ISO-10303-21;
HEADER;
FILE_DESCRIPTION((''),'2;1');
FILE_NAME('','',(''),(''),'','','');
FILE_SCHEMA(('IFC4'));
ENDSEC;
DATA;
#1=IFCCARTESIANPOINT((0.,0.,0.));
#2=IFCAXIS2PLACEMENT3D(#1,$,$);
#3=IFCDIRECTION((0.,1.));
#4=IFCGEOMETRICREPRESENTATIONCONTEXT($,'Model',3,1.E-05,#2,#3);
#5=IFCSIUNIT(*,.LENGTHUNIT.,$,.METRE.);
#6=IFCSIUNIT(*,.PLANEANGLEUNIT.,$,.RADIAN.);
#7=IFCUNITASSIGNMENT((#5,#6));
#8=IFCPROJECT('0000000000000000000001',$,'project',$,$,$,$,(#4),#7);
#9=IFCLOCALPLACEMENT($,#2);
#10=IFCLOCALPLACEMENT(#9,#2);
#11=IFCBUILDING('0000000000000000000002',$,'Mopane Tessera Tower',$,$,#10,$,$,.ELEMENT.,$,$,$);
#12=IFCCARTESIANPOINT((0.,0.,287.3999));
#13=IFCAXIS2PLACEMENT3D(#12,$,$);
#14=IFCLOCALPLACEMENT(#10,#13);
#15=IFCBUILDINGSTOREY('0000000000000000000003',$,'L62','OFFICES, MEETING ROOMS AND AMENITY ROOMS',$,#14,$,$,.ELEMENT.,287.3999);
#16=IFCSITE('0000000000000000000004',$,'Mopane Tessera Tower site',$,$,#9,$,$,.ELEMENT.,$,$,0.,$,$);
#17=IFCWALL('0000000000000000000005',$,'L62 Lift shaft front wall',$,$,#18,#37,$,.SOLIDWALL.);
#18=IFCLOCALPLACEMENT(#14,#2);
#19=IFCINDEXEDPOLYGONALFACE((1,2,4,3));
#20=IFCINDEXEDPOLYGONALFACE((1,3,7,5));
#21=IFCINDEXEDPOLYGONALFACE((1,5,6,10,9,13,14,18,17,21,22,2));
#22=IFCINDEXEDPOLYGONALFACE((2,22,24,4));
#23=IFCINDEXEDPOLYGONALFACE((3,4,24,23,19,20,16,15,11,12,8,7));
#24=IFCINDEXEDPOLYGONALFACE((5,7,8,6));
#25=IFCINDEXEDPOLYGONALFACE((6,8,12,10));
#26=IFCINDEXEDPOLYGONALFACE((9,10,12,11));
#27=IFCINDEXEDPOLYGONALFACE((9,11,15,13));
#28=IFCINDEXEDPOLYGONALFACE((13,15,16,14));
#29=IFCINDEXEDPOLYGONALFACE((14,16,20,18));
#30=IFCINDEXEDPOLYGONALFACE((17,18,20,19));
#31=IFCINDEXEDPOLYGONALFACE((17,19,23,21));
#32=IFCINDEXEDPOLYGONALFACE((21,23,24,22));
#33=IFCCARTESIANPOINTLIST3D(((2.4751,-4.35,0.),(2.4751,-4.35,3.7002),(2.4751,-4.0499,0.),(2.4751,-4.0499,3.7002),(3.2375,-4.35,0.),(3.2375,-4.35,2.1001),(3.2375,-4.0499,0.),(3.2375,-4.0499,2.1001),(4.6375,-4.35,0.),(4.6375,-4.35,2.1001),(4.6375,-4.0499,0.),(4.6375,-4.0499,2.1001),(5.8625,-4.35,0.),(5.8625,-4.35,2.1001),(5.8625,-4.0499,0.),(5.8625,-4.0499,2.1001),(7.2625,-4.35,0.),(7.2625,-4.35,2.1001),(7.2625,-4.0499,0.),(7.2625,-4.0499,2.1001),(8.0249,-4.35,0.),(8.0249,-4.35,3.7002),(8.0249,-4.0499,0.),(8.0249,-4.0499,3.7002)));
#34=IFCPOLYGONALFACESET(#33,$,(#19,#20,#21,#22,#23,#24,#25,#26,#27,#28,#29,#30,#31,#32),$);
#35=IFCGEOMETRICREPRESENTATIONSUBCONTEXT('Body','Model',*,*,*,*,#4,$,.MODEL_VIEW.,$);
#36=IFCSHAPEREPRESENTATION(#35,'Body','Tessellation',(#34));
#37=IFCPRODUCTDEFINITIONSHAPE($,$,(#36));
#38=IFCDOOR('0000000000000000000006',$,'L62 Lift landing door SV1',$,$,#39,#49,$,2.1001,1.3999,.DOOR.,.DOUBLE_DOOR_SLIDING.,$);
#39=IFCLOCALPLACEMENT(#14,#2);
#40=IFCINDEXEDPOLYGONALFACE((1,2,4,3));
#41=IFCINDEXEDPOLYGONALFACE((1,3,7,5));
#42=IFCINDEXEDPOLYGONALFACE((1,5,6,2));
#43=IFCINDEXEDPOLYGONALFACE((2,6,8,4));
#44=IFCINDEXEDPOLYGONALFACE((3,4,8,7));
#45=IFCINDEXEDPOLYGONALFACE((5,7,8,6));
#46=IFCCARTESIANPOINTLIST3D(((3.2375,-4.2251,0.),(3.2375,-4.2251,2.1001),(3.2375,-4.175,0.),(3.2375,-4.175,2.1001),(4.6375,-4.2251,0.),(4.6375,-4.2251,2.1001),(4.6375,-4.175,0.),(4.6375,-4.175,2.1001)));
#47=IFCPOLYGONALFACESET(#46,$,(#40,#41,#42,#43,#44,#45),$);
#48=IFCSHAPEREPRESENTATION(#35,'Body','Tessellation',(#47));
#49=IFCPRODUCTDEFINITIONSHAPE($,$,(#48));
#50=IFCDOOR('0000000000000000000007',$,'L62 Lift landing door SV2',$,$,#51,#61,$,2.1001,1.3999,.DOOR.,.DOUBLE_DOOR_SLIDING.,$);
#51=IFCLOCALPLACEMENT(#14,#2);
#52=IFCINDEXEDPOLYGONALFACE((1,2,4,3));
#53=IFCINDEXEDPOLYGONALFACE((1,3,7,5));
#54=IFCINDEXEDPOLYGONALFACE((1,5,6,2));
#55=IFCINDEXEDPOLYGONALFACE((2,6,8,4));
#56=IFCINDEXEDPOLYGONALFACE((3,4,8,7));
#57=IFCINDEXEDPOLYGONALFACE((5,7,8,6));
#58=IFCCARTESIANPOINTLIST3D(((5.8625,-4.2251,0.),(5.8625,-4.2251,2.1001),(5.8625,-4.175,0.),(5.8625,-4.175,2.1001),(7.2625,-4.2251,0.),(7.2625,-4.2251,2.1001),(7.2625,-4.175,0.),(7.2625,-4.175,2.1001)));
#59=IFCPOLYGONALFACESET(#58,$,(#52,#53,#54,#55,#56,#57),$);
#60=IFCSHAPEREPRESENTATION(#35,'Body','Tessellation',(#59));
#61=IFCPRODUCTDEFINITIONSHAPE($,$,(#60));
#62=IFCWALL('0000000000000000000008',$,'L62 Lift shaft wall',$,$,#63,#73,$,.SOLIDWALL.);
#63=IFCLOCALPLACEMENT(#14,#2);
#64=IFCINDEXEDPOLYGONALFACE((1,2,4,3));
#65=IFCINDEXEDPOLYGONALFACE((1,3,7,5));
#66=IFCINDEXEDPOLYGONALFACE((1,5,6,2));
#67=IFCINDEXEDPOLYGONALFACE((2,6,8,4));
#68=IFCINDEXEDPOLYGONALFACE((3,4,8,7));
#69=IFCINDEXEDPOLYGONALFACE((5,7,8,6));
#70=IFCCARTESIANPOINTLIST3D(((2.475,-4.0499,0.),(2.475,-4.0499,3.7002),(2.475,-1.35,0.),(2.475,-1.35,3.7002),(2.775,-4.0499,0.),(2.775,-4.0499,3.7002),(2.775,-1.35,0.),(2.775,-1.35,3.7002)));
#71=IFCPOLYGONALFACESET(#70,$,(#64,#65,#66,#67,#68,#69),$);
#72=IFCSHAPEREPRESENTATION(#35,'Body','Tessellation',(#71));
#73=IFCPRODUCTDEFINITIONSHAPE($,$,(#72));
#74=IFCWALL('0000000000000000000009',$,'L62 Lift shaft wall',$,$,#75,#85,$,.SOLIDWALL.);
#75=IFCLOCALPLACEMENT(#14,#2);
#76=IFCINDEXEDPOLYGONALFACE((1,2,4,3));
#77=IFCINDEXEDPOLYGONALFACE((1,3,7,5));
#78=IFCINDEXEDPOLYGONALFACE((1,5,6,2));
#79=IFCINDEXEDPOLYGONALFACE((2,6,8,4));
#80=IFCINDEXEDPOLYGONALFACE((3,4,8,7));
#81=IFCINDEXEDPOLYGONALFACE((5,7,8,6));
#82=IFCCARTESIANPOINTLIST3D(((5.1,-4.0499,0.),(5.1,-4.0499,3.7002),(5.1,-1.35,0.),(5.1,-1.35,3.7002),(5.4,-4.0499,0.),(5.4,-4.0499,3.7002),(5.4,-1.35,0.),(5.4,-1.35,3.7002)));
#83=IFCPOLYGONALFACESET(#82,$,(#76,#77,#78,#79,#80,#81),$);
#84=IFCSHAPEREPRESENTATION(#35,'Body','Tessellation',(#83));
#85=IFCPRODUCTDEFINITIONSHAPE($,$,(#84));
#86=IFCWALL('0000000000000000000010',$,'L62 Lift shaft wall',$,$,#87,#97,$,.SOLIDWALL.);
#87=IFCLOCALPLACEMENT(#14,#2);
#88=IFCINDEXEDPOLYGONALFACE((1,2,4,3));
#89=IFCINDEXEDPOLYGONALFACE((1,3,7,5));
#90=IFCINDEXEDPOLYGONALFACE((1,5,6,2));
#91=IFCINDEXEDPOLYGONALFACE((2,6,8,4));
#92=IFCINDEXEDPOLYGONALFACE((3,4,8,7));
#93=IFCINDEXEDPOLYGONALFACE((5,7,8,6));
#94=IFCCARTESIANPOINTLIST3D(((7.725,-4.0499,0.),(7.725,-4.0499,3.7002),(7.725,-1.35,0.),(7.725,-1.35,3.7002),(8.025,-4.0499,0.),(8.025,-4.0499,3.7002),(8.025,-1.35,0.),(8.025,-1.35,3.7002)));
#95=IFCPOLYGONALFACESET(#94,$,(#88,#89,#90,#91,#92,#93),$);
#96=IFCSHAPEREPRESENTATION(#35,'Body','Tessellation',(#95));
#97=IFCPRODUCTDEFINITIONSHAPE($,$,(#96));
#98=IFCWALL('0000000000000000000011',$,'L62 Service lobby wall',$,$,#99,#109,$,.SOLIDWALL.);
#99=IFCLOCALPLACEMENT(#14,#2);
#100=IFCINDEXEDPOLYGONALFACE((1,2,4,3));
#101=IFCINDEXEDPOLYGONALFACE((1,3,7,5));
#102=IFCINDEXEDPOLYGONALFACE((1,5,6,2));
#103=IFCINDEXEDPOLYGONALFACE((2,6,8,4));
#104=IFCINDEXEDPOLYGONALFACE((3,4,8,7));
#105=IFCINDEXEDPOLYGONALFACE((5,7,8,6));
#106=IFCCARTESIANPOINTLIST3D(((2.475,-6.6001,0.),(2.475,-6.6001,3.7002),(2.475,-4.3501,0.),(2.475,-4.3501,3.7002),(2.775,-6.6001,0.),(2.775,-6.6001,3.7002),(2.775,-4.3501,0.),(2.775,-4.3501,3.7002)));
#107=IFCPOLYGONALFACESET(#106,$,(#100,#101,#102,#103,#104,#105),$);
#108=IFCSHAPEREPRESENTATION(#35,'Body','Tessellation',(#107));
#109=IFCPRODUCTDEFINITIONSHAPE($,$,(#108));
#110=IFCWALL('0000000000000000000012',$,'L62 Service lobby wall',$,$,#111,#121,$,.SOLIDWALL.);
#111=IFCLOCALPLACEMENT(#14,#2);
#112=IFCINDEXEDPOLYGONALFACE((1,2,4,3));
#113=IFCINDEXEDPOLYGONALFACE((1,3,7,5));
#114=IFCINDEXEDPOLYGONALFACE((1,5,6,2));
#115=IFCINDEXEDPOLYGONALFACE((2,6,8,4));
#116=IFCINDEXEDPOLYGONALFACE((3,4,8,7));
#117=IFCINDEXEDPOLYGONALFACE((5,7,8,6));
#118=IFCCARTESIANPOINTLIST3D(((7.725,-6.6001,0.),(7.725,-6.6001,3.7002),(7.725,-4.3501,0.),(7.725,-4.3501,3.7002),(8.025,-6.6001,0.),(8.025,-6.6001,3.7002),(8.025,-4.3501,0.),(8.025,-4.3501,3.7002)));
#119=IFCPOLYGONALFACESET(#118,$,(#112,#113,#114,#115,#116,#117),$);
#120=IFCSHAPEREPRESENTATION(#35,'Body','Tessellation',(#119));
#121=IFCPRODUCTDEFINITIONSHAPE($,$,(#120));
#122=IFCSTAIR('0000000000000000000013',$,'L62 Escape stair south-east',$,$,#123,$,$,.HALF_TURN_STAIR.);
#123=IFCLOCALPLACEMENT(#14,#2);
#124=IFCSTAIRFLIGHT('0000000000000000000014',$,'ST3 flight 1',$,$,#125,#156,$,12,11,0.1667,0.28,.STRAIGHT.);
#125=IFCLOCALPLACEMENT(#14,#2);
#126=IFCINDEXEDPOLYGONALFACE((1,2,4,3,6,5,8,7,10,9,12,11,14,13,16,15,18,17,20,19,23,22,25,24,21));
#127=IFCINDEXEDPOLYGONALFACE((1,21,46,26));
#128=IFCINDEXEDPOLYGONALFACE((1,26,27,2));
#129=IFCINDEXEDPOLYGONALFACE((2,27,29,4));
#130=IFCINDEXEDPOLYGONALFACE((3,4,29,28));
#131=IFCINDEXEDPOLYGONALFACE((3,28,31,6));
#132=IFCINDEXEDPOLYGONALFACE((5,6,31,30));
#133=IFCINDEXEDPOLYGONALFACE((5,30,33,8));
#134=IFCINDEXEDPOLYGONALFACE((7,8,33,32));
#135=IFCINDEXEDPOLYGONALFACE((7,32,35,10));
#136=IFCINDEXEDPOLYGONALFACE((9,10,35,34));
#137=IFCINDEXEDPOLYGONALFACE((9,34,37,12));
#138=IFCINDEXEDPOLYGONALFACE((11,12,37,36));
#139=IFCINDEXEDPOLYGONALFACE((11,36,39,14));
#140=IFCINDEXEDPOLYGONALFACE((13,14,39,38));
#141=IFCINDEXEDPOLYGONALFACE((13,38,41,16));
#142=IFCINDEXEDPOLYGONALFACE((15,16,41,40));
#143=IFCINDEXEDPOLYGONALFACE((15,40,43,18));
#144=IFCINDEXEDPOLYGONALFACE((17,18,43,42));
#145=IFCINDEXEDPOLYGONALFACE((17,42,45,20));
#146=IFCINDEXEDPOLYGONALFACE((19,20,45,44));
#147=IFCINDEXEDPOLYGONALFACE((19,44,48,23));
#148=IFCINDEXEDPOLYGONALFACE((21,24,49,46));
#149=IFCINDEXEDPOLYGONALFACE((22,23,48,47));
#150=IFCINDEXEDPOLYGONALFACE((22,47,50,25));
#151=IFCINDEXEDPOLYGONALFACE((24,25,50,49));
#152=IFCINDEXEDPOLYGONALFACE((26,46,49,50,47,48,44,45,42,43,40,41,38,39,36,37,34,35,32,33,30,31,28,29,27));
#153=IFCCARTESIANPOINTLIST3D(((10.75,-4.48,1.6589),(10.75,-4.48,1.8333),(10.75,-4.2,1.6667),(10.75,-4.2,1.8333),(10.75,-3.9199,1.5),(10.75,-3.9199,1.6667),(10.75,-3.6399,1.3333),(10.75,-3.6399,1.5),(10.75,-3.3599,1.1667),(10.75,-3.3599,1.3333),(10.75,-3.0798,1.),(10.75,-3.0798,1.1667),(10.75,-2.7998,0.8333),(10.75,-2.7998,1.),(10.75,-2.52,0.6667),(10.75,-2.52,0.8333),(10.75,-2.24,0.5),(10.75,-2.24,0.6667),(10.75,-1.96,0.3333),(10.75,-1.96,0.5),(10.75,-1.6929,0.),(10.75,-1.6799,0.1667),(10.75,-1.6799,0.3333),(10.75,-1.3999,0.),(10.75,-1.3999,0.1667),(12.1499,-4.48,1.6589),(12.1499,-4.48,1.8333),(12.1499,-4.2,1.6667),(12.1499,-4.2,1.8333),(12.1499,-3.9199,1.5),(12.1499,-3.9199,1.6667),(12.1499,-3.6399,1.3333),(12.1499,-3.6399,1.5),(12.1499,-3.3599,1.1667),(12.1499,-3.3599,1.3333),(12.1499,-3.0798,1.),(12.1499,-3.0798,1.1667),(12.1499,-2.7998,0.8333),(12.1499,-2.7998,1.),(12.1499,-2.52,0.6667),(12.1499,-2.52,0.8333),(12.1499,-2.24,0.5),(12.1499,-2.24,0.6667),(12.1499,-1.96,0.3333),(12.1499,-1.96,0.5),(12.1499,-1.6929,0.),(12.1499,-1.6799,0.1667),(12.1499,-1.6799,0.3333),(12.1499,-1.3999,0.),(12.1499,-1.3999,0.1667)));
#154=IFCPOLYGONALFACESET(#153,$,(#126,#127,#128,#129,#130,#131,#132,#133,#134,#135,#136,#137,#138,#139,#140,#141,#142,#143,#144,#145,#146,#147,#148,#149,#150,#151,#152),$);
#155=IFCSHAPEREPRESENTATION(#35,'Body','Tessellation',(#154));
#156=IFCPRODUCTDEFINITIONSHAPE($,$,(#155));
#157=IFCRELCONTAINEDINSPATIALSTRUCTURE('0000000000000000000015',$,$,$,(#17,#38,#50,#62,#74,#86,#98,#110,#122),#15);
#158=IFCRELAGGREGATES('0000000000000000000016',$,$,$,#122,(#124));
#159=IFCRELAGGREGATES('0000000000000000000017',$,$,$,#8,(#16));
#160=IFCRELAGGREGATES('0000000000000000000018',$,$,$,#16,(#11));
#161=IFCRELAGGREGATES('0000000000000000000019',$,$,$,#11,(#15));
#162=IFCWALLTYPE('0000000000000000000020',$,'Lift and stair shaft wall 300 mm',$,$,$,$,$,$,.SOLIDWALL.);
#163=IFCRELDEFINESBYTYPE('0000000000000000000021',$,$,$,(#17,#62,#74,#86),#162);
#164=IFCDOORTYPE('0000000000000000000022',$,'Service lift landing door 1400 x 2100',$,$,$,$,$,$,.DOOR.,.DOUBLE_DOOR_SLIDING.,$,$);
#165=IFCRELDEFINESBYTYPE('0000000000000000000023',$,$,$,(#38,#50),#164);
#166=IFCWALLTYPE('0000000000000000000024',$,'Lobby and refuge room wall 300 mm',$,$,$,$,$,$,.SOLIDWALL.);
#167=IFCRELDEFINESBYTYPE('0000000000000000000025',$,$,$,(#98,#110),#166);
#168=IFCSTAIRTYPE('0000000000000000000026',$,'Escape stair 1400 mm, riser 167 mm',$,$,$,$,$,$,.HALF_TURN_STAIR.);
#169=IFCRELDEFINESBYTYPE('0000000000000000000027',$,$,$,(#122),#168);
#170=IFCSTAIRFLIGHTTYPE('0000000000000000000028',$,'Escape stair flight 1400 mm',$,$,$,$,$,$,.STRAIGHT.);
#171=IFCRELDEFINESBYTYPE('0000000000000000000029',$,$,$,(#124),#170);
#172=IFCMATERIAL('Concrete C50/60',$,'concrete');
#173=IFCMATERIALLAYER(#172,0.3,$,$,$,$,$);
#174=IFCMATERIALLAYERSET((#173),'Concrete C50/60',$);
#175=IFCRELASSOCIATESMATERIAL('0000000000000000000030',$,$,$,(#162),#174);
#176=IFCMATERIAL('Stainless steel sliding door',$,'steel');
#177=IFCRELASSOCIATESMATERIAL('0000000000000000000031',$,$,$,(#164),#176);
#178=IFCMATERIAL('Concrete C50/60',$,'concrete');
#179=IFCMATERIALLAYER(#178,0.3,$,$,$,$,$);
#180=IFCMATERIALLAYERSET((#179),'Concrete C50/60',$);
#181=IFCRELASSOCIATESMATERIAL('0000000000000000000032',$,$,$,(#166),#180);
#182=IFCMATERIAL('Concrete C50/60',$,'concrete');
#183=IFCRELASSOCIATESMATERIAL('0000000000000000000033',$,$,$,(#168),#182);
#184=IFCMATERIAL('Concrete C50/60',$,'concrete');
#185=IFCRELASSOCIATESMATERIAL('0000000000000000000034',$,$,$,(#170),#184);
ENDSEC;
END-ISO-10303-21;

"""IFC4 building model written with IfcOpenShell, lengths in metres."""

from ifc_helpers import new_model, si_unit, direction, frame, frame_2d, origin, place, context, subcontext, project, spatial, polyline, rectangle, outline, extrude, material, layer, layer_set, type_object, element, fill, aggregate, save


model = new_model("IFC4")

# Units and contexts
model_context = context("Model", 3, precision=1e-05, world=origin(), true_north=direction((0.0, 1.0)))
body_context = subcontext(model_context, "Body", "Model", "MODEL_VIEW")
ifc_project = project(units=[si_unit("LENGTHUNIT", "METRE"), si_unit("PLANEANGLEUNIT", "RADIAN")], contexts=[model_context])

# Site, building, storey
site_placement = place(None, origin())
site = spatial("IfcSite", under=ifc_project, at=site_placement, Name="Mopane Tessera Tower site", CompositionType="ELEMENT", RefElevation=0.0)
building_placement = place(site_placement, origin())
building = spatial("IfcBuilding", under=site, at=building_placement, Name="Mopane Tessera Tower", CompositionType="ELEMENT")
storey_placement = place(building_placement, frame((0.0, 0.0, 287.3999)))
storey = spatial("IfcBuildingStorey", under=building, at=storey_placement, Name="L62", Description="OFFICES, MEETING ROOMS AND AMENITY ROOMS", CompositionType="ELEMENT", Elevation=287.3999)

# Wall, openings, doors
ifc_material_1 = material(Name="Concrete C50/60", Category="concrete")
ifc_layer_1 = layer(ifc_material_1, 0.3)
ifc_layer_set_1 = layer_set([ifc_layer_1], Name="Concrete C50/60")
wall_type_1 = type_object("IfcWallType", Name="Lift and stair shaft wall 300 mm", PredefinedType="SOLIDWALL", material=ifc_layer_set_1)
wall_1_placement = place(storey_placement, frame((2.4751, -4.2, 0.0), z_axis=(0.0, 0.0, 1.0), x_axis=(1.0, 0.0, 0.0)))
wall_1 = element("IfcWall", 1, at=wall_1_placement, inside=storey, type_object=wall_type_1, Name="L62 Lift shaft front wall", PredefinedType="SOLIDWALL", context=body_context, shape_type="SweptSolid", body=[
    extrude(rectangle(XDim=5.5498, YDim=0.3, at=frame_2d((2.7749, 0.0))), origin(), (0.0, 0.0, 1.0), 3.7002),
])
opening_1_placement = place(wall_1_placement, frame((0.7625, 0.0, 0.0)))
opening_1 = element("IfcOpeningElement", 2, at=opening_1_placement, cuts=wall_1, PredefinedType="OPENING", context=body_context, shape_type="SweptSolid", body=[
    extrude(rectangle(XDim=1.3999, YDim=2.1001, at=frame_2d((0.7, 1.05))), frame((0.0, 0.1621, 0.0), z_axis=(0.0, -1.0, 0.0), x_axis=(1.0, 0.0, 0.0)), (0.0, 0.0, 1.0), 0.324),
])
opening_2_placement = place(wall_1_placement, frame((3.3875, 0.0, 0.0)))
opening_2 = element("IfcOpeningElement", 3, at=opening_2_placement, cuts=wall_1, PredefinedType="OPENING", context=body_context, shape_type="SweptSolid", body=[
    extrude(rectangle(XDim=1.3999, YDim=2.1001, at=frame_2d((0.7, 1.05))), frame((0.0, 0.1621, 0.0), z_axis=(0.0, -1.0, 0.0), x_axis=(1.0, 0.0, 0.0)), (0.0, 0.0, 1.0), 0.324),
])
ifc_material_2 = material(Name="Stainless steel sliding door", Category="steel")
door_type = type_object("IfcDoorType", Name="Service lift landing door 1400 x 2100", OperationType="DOUBLE_DOOR_SLIDING", PredefinedType="DOOR", material=ifc_material_2)
door_1_placement = place(opening_1_placement, origin())
door_1 = element("IfcDoor", 4, at=door_1_placement, inside=storey, type_object=door_type, Name="L62 Lift landing door SV1", OperationType="DOUBLE_DOOR_SLIDING", OverallHeight=2.1001, OverallWidth=1.3999, PredefinedType="DOOR", context=body_context, shape_type="SweptSolid", body=[
    extrude(rectangle(XDim=1.3999, YDim=2.1001, at=frame_2d((0.7, 1.05))), frame((0.0, 0.0249, 0.0), z_axis=(0.0, -1.0, 0.0), x_axis=(1.0, 0.0, 0.0)), (0.0, 0.0, 1.0), 0.05),
])
fill(opening_1, door_1)
door_2_placement = place(opening_2_placement, origin())
door_2 = element("IfcDoor", 5, at=door_2_placement, inside=storey, type_object=door_type, Name="L62 Lift landing door SV2", OperationType="DOUBLE_DOOR_SLIDING", OverallHeight=2.1001, OverallWidth=1.3999, PredefinedType="DOOR", context=body_context, shape_type="SweptSolid", body=[
    extrude(rectangle(XDim=1.3999, YDim=2.1001, at=frame_2d((0.7, 1.05))), frame((0.0, 0.0249, 0.0), z_axis=(0.0, -1.0, 0.0), x_axis=(1.0, 0.0, 0.0)), (0.0, 0.0, 1.0), 0.05),
])
fill(opening_2, door_2)

# Walls
for number, where, z_axis, x_axis, name in (
    (6, (2.625, -4.05, 0.0), (0.0, 0.0, 1.0), (0.0, 1.0, 0.0), "L62 Lift shaft wall"),
    (7, (5.25, -4.05, 0.0), (0.0, 0.0, 1.0), (0.0, 1.0, 0.0), "L62 Lift shaft wall"),
    (8, (7.875, -4.05, 0.0), (0.0, 0.0, 1.0), (0.0, 1.0, 0.0), "L62 Lift shaft wall"),
):
    element("IfcWall", number, at=place(storey_placement, frame(where, z_axis=z_axis, x_axis=x_axis)), inside=storey, type_object=wall_type_1, Name=name, PredefinedType="SOLIDWALL", context=body_context, shape_type="SweptSolid", body=[
        extrude(rectangle(XDim=2.7, YDim=0.3, at=frame_2d((1.3501, 0.0))), origin(), (0.0, 0.0, 1.0), 3.7002),
    ])
ifc_material_3 = material(Name="Concrete C50/60", Category="concrete")
ifc_layer_2 = layer(ifc_material_3, 0.3)
ifc_layer_set_2 = layer_set([ifc_layer_2], Name="Concrete C50/60")
wall_type_2 = type_object("IfcWallType", Name="Lobby and refuge room wall 300 mm", PredefinedType="SOLIDWALL", material=ifc_layer_set_2)
for number, where, z_axis, x_axis, name in (
    (9, (2.625, -6.6001, 0.0), (0.0, 0.0, 1.0), (0.0, 1.0, 0.0), "L62 Service lobby wall"),
    (10, (7.875, -6.6001, 0.0), (0.0, 0.0, 1.0), (0.0, 1.0, 0.0), "L62 Service lobby wall"),
):
    element("IfcWall", number, at=place(storey_placement, frame(where, z_axis=z_axis, x_axis=x_axis)), inside=storey, type_object=wall_type_2, Name=name, PredefinedType="SOLIDWALL", context=body_context, shape_type="SweptSolid", body=[
        extrude(rectangle(XDim=2.25, YDim=0.3, at=frame_2d((1.125, 0.0))), origin(), (0.0, 0.0, 1.0), 3.7002),
    ])

# Stair, stair flight
ifc_material_4 = material(Name="Concrete C50/60", Category="concrete")
stair_type = type_object("IfcStairType", Name="Escape stair 1400 mm, riser 167 mm", PredefinedType="HALF_TURN_STAIR", material=ifc_material_4)
stair_placement = place(storey_placement, origin())
stair = element("IfcStair", 11, at=stair_placement, inside=storey, type_object=stair_type, Name="L62 Escape stair south-east", PredefinedType="HALF_TURN_STAIR")
ifc_material_5 = material(Name="Concrete C50/60", Category="concrete")
stair_flight_type = type_object("IfcStairFlightType", Name="Escape stair flight 1400 mm", PredefinedType="STRAIGHT", material=ifc_material_5)
stair_flight_placement = place(storey_placement, frame((11.45, -1.3999, 0.0), z_axis=(0.0, 0.0, 1.0), x_axis=(0.0, -1.0, 0.0)))
stair_flight = element("IfcStairFlight", 12, at=stair_flight_placement, type_object=stair_flight_type, Name="ST3 flight 1", NumberOfRisers=12, NumberOfTreads=11, PredefinedType="STRAIGHT", RiserHeight=0.1667, TreadLength=0.28, context=body_context, shape_type="SweptSolid", body=[
    extrude(outline(polyline([(0.0, 0.0), (0.0, 0.1667), (0.28, 0.1667), (0.28, 0.3333), (0.5601, 0.3333), (0.5601, 0.5), (0.8401, 0.5), (0.8401, 0.6667), (1.1201, 0.6667), (1.1201, 0.8333), (1.3999, 0.8333), (1.3999, 1.0), (1.6799, 1.0), (1.6799, 1.1667), (1.96, 1.1667), (1.96, 1.3333), (2.24, 1.3333), (2.24, 1.5), (2.52, 1.5), (2.52, 1.6667), (2.8, 1.6667), (2.8, 1.8333), (3.0801, 1.8333), (3.0801, 2.0), (3.0801, 1.6589), (0.293, 0.0), (0.0, 0.0)])), frame((0.0, 0.7, 0.0), z_axis=(0.0, -1.0, 0.0), x_axis=(1.0, 0.0, 0.0)), (0.0, 0.0, 1.0), 1.3999),
])
aggregate(stair, [stair_flight])

save(model, "model.ifc")
